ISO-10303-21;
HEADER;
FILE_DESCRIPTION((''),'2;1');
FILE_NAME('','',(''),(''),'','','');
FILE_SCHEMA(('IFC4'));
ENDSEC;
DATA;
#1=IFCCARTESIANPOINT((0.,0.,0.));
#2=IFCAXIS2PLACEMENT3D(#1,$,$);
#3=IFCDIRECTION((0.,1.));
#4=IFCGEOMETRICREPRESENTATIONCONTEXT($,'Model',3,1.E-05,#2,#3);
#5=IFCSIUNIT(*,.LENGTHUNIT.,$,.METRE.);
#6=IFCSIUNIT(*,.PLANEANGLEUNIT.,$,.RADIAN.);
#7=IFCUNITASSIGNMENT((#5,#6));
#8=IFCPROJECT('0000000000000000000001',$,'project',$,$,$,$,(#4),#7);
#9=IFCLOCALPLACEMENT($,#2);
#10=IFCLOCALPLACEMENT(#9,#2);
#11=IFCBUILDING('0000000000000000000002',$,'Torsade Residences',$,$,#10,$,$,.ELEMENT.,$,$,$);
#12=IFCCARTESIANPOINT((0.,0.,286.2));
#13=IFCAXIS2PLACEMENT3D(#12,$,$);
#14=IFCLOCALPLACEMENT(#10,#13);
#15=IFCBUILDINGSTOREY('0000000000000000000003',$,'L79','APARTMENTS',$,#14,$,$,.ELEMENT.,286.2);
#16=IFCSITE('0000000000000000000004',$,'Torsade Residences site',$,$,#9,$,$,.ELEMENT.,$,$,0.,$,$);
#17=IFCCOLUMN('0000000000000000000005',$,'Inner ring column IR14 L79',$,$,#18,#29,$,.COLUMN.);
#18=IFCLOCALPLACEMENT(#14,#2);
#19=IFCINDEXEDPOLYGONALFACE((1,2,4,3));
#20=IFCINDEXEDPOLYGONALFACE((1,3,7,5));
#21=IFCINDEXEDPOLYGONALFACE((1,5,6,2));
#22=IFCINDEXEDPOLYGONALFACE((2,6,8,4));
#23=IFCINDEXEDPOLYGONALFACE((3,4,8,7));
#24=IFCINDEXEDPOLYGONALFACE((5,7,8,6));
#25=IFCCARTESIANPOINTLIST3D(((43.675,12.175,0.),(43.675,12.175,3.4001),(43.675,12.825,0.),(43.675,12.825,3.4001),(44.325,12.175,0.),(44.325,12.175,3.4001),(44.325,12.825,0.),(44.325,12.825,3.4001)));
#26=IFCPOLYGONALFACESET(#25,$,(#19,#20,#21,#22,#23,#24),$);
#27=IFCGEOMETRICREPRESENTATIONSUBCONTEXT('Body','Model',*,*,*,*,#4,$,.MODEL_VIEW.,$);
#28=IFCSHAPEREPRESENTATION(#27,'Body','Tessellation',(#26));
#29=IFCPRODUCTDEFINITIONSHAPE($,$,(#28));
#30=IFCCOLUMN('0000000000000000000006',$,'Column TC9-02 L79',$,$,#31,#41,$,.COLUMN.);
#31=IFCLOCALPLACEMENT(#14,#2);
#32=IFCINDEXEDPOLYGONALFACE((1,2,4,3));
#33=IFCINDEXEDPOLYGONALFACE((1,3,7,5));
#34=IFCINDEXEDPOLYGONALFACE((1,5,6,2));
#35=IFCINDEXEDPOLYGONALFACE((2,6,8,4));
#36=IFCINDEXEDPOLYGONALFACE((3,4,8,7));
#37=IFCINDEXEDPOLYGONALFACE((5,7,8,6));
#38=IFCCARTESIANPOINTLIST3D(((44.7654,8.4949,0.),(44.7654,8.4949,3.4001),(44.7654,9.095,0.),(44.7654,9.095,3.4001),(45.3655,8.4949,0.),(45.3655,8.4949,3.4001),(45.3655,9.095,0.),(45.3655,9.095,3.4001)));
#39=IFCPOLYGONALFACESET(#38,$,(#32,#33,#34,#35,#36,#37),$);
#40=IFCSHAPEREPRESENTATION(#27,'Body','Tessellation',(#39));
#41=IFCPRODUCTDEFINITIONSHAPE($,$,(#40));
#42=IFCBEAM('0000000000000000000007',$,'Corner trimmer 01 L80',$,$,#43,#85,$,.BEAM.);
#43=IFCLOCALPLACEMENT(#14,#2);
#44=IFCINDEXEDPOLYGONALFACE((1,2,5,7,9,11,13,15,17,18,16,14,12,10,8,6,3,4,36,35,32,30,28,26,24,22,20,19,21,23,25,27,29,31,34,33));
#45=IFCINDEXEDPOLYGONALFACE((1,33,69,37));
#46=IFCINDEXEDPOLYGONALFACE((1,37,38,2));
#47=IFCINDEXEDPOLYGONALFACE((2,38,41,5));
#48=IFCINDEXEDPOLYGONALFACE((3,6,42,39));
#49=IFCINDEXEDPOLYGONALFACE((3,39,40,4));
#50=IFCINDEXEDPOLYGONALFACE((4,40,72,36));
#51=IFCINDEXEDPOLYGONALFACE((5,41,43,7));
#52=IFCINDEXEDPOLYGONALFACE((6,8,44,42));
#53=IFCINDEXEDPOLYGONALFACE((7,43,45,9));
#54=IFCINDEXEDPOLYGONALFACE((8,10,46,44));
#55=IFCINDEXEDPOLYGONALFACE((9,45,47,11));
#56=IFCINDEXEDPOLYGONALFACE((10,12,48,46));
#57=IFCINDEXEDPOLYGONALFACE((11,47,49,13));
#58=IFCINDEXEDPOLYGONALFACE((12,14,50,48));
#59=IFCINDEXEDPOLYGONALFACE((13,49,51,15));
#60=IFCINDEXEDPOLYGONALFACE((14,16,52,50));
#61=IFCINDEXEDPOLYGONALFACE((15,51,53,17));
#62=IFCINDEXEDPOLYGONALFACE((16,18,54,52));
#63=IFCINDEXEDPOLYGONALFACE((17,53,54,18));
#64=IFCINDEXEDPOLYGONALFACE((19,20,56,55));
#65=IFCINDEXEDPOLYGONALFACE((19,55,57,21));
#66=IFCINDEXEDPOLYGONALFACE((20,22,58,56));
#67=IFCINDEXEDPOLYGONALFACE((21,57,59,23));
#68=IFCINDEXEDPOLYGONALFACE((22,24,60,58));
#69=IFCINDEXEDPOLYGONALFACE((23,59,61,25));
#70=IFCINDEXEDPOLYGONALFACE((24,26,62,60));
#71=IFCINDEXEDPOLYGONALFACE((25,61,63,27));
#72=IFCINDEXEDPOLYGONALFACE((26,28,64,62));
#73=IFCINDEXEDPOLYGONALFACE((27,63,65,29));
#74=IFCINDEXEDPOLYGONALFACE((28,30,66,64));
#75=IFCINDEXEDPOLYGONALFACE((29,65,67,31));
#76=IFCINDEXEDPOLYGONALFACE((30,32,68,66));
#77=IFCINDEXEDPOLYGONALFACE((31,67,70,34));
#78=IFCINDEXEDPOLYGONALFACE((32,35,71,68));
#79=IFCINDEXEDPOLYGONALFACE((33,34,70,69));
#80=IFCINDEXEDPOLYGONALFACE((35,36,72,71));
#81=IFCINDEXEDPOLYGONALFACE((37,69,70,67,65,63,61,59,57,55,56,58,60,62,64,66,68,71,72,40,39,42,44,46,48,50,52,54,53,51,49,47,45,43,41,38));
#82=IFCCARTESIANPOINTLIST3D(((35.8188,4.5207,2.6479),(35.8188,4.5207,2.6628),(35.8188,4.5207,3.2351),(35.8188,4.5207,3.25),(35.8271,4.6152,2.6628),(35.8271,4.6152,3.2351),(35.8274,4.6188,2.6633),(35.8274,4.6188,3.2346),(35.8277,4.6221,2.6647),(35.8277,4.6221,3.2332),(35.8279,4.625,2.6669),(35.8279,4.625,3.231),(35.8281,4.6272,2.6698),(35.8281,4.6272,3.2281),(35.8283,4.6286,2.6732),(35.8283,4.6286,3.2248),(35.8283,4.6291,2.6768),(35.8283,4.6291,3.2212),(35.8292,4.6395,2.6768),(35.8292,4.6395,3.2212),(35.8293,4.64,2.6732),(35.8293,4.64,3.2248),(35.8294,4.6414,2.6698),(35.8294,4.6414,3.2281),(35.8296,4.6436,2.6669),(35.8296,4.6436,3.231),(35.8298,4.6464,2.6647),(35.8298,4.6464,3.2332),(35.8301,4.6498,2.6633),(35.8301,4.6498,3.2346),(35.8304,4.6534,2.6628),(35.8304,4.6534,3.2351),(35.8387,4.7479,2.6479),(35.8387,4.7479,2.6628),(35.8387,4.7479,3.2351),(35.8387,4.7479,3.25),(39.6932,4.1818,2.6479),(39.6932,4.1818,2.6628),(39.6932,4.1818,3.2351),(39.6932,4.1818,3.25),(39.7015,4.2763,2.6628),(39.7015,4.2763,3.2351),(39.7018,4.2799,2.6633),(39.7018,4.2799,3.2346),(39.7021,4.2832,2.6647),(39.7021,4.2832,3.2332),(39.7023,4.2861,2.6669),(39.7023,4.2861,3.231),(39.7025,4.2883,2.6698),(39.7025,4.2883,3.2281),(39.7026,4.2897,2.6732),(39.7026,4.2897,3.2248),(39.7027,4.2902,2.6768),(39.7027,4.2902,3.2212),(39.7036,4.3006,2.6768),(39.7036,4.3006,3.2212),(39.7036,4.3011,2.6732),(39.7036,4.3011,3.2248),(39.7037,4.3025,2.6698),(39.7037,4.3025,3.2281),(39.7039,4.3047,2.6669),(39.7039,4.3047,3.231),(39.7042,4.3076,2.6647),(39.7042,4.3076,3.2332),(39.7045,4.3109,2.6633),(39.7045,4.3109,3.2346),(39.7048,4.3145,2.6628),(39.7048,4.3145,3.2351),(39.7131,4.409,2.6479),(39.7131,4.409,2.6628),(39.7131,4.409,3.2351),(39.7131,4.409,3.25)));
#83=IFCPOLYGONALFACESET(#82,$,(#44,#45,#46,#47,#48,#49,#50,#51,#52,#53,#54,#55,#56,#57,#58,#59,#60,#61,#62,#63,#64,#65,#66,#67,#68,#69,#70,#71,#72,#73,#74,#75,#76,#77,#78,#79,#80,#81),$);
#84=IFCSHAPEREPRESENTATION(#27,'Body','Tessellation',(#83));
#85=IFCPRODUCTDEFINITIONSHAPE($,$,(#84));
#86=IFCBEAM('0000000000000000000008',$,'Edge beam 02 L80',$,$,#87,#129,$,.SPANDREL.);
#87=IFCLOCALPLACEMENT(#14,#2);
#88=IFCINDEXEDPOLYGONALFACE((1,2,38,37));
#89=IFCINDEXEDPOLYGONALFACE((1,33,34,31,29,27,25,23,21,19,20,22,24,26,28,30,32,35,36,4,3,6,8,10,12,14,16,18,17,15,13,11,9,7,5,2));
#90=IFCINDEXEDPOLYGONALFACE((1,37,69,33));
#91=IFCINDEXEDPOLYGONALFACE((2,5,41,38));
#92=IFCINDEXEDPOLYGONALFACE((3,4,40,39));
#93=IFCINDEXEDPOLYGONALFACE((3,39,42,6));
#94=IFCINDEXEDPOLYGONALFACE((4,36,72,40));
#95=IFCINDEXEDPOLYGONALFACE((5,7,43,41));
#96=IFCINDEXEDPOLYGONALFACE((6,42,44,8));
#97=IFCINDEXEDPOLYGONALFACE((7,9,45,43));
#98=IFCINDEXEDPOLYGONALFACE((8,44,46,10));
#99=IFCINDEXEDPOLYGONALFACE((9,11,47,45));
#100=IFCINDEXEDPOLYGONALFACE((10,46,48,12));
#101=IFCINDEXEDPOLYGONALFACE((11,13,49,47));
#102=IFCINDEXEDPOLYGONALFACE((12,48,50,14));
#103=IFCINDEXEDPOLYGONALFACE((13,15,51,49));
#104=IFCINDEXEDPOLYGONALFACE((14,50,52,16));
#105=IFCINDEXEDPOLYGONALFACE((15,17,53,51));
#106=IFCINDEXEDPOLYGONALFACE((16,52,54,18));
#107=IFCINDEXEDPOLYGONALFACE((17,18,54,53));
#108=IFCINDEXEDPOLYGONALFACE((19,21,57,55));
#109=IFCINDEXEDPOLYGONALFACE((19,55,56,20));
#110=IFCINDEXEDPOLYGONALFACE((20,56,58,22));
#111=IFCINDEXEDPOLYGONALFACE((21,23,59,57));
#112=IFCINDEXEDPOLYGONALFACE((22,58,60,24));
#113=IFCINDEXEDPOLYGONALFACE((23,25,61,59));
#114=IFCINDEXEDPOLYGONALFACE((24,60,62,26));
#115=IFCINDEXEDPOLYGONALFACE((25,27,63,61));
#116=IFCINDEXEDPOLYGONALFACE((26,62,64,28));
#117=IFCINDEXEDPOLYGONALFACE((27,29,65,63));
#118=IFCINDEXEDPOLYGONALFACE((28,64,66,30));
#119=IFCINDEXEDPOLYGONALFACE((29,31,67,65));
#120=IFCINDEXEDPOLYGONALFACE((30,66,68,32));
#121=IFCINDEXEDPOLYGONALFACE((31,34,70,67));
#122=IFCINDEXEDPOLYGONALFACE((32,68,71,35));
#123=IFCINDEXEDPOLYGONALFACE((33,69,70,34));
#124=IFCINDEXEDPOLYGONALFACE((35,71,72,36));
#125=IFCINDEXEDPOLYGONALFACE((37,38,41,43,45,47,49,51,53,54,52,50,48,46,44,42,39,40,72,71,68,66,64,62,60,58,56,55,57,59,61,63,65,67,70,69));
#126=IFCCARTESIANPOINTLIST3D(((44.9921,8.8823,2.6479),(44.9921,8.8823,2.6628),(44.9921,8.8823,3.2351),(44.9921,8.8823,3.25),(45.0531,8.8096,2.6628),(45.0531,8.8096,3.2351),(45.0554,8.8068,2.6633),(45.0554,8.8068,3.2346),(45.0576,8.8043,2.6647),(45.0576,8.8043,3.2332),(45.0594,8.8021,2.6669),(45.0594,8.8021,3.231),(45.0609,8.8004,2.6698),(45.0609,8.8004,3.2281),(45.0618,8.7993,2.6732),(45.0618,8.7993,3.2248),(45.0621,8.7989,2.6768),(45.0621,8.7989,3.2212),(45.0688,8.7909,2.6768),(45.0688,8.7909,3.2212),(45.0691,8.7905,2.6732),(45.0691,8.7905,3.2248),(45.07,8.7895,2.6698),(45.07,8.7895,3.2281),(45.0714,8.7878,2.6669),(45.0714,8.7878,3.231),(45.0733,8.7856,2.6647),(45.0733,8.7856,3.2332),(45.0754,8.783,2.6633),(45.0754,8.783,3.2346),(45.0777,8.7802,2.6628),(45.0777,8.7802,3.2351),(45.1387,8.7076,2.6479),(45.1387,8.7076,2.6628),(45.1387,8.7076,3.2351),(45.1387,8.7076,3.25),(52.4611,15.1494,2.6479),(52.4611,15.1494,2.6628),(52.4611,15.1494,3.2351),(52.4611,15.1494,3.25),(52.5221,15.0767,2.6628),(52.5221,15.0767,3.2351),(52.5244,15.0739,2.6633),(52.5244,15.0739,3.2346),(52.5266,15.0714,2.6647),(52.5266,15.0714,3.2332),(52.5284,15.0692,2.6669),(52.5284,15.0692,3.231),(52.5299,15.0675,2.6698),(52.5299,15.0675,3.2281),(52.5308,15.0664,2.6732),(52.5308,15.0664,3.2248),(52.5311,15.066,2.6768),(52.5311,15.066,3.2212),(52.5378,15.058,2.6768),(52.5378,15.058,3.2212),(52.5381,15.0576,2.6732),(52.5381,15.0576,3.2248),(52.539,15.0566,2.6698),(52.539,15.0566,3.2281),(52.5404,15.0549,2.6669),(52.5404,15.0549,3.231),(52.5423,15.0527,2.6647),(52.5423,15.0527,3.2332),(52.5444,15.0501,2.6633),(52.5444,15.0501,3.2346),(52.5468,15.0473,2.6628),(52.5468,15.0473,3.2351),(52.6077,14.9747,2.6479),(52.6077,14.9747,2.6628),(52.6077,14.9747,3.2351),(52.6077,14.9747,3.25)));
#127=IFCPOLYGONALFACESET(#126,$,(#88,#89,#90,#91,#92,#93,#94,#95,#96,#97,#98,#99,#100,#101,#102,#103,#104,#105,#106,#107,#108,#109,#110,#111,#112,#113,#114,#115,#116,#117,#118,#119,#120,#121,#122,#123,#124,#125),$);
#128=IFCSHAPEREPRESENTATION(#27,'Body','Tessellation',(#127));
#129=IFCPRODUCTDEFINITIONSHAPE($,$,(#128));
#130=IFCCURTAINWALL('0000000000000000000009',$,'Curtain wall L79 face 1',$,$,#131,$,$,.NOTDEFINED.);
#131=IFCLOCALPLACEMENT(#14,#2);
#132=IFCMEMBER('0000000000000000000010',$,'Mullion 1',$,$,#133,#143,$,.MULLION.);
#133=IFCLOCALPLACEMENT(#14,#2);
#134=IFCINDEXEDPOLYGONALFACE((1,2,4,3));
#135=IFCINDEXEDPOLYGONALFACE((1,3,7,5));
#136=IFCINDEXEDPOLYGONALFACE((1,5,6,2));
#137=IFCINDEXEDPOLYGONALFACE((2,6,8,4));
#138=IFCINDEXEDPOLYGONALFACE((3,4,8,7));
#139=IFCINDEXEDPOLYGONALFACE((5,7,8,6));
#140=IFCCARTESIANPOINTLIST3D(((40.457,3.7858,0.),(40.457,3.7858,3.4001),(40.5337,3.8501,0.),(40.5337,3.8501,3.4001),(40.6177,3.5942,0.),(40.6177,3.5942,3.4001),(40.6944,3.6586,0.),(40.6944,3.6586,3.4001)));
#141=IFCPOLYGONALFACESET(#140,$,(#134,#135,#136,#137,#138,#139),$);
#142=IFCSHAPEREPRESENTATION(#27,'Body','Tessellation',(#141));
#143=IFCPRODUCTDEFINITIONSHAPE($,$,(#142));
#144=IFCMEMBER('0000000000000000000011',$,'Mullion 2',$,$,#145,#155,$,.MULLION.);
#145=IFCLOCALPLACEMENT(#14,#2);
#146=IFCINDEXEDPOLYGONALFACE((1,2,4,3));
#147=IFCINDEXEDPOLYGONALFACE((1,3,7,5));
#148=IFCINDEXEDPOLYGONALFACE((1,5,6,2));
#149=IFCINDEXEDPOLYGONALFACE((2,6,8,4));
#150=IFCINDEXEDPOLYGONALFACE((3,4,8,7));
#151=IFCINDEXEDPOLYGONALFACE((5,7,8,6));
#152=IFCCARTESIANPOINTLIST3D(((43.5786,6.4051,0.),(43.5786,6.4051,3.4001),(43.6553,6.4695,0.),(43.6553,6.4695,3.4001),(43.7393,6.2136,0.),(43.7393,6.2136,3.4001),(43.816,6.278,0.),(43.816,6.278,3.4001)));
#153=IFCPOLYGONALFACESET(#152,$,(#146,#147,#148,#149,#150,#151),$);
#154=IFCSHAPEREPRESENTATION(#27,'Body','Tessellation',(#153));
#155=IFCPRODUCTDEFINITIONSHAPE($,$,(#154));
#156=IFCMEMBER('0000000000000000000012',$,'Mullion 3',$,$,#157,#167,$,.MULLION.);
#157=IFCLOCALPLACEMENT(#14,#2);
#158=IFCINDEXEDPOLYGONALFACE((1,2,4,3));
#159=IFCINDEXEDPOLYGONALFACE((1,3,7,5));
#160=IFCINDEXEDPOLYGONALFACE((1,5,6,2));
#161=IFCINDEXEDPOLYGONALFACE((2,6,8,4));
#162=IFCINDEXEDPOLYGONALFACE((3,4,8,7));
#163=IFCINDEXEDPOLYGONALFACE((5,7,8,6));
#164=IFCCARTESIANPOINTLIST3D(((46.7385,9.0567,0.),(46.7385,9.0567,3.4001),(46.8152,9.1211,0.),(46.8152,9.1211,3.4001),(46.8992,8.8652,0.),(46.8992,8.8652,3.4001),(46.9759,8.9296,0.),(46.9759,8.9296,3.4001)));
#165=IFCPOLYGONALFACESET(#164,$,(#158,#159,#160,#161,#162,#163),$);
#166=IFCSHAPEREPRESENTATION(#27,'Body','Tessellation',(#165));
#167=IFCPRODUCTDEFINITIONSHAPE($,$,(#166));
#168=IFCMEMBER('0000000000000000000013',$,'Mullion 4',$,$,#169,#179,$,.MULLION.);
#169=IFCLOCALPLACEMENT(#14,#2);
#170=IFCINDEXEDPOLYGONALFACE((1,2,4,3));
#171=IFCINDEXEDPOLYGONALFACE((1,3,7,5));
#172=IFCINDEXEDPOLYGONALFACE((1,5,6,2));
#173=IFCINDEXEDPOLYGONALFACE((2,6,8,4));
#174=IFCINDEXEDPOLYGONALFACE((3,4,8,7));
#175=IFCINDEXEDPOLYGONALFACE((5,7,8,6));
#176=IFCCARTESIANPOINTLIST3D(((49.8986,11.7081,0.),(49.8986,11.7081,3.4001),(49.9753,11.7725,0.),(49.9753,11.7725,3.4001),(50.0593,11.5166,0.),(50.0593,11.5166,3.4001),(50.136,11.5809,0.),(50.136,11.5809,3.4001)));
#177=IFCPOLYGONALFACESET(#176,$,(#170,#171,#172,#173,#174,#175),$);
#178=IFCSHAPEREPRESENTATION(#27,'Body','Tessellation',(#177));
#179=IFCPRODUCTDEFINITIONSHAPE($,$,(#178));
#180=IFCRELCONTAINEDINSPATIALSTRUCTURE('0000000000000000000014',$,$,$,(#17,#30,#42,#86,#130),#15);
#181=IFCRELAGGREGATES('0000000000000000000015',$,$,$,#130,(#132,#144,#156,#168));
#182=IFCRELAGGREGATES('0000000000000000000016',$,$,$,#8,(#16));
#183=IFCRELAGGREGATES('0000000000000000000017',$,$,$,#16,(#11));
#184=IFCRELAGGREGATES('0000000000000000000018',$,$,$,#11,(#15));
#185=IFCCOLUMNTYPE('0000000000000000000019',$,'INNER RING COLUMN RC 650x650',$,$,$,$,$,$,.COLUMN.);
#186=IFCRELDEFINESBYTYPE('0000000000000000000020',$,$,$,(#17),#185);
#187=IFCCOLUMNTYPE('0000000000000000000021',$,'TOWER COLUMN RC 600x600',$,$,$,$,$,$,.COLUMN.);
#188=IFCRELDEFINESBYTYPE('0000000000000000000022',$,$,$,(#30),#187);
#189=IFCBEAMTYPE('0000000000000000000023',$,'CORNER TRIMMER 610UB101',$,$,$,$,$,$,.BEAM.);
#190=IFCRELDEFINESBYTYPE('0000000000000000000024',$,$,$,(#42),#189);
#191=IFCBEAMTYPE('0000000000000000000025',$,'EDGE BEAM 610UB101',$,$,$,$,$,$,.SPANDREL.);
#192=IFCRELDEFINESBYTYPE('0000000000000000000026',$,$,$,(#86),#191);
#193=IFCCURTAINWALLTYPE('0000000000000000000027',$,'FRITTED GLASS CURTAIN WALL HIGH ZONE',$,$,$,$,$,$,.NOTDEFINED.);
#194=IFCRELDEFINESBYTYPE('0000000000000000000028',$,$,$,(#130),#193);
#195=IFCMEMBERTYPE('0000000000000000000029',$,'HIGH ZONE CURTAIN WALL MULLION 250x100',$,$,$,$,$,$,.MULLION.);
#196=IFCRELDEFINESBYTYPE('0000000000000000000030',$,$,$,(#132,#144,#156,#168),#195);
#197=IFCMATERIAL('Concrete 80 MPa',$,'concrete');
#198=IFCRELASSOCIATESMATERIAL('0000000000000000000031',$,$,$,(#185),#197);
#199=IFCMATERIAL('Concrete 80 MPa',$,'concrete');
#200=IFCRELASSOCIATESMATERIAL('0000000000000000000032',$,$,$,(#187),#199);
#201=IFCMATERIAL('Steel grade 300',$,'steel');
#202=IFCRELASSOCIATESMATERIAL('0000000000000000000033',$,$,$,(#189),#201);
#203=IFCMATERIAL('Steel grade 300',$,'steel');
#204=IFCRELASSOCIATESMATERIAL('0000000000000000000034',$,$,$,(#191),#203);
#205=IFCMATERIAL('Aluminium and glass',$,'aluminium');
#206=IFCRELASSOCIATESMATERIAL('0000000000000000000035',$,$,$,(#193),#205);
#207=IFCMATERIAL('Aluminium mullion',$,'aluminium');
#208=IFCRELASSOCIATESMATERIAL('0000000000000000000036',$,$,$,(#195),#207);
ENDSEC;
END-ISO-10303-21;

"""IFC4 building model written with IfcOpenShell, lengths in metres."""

from ifc_helpers import new_model, si_unit, direction, frame, origin, origin_2d, place, context, subcontext, project, spatial, rectangle, i_section, extrude, material, material_profile, profile_set, type_object, element, aggregate, save


model = new_model("IFC4")

# Units and contexts
model_context = context("Model", 3, precision=1e-05, world=origin(), true_north=direction((0.0, 1.0)))
body_context = subcontext(model_context, "Body", "Model", "MODEL_VIEW")
ifc_project = project(units=[si_unit("LENGTHUNIT", "METRE"), si_unit("PLANEANGLEUNIT", "RADIAN")], contexts=[model_context])

# Site, building, storey
site_placement = place(None, origin())
site = spatial("IfcSite", under=ifc_project, at=site_placement, Name="Torsade Residences site", CompositionType="ELEMENT", RefElevation=0.0)
building_placement = place(site_placement, origin())
building = spatial("IfcBuilding", under=site, at=building_placement, Name="Torsade Residences", CompositionType="ELEMENT")
storey_placement = place(building_placement, frame((0.0, 0.0, 286.2)))
storey = spatial("IfcBuildingStorey", under=building, at=storey_placement, Name="L79", Description="APARTMENTS", CompositionType="ELEMENT", Elevation=286.2)

# Columns
ifc_material_1 = material(Name="Concrete 80 MPa", Category="concrete")
ifc_material_profile_1 = material_profile(ifc_material_1, rectangle(XDim=0.6499, YDim=0.6499, at=origin_2d()), Name="RC 650x650")
ifc_profile_set_1 = profile_set([ifc_material_profile_1], Name="Concrete 80 MPa")
column_type_1 = type_object("IfcColumnType", Name="INNER RING COLUMN RC 650x650", PredefinedType="COLUMN", material=ifc_profile_set_1)
column_1_placement = place(storey_placement, frame((44.0, 12.5, 0.0), z_axis=(0.0, 0.0, 1.0), x_axis=(1.0, 0.0, 0.0)))
element("IfcColumn", 1, at=column_1_placement, inside=storey, type_object=column_type_1, Name="Inner ring column IR14 L79", PredefinedType="COLUMN", context=body_context, shape_type="SweptSolid", body=[
    extrude(rectangle(XDim=0.6499, YDim=0.6499, at=origin_2d()), origin(), (0.0, 0.0, 1.0), 3.4001),
])
ifc_material_2 = material(Name="Concrete 80 MPa", Category="concrete")
ifc_material_profile_2 = material_profile(ifc_material_2, rectangle(XDim=0.6001, YDim=0.6001, at=origin_2d()), Name="RC 600x600")
ifc_profile_set_2 = profile_set([ifc_material_profile_2], Name="Concrete 80 MPa")
column_type_2 = type_object("IfcColumnType", Name="TOWER COLUMN RC 600x600", PredefinedType="COLUMN", material=ifc_profile_set_2)
column_2_placement = place(storey_placement, frame((45.0654, 8.7949, 0.0), z_axis=(0.0, 0.0, 1.0), x_axis=(1.0, 0.0, 0.0)))
element("IfcColumn", 2, at=column_2_placement, inside=storey, type_object=column_type_2, Name="Column TC9-02 L79", PredefinedType="COLUMN", context=body_context, shape_type="SweptSolid", body=[
    extrude(rectangle(XDim=0.6001, YDim=0.6001, at=origin_2d()), origin(), (0.0, 0.0, 1.0), 3.4001),
])

# Beams
ifc_material_3 = material(Name="Steel grade 300", Category="steel")
ifc_material_profile_3 = material_profile(ifc_material_3, i_section(OverallWidth=0.228, OverallDepth=0.6021, WebThickness=0.0105, FlangeThickness=0.0149, FilletRadius=0.0139, at=origin_2d()), Name="610UB101")
ifc_profile_set_3 = profile_set([ifc_material_profile_3], Name="Steel grade 300")
beam_type_1 = type_object("IfcBeamType", Name="CORNER TRIMMER 610UB101", PredefinedType="BEAM", material=ifc_profile_set_3)
beam_1_placement = place(storey_placement, frame((39.7031, 4.2954, 2.949), z_axis=(-0.996197, 0.087133, 0.0), x_axis=(-0.087133, -0.996197, 0.0)))
element("IfcBeam", 3, at=beam_1_placement, inside=storey, type_object=beam_type_1, Name="Corner trimmer 01 L80", PredefinedType="BEAM", context=body_context, shape_type="SweptSolid", body=[
    extrude(i_section(OverallWidth=0.228, OverallDepth=0.6021, WebThickness=0.0105, FlangeThickness=0.0149, FilletRadius=0.0139, at=origin_2d()), origin(), (0.0, 0.0, 1.0), 3.8892),
])
ifc_material_4 = material(Name="Steel grade 300", Category="steel")
ifc_material_profile_4 = material_profile(ifc_material_4, i_section(OverallWidth=0.228, OverallDepth=0.6021, WebThickness=0.0105, FlangeThickness=0.0149, FilletRadius=0.0139, at=origin_2d()), Name="610UB101")
ifc_profile_set_4 = profile_set([ifc_material_profile_4], Name="Steel grade 300")
beam_type_2 = type_object("IfcBeamType", Name="EDGE BEAM 610UB101", PredefinedType="SPANDREL", material=ifc_profile_set_4)
beam_2_placement = place(storey_placement, frame((45.0654, 8.7949, 2.949), z_axis=(0.766052, 0.642779, 0.0), x_axis=(-0.642779, 0.766052, 0.0)))
element("IfcBeam", 4, at=beam_2_placement, inside=storey, type_object=beam_type_2, Name="Edge beam 02 L80", PredefinedType="SPANDREL", context=body_context, shape_type="SweptSolid", body=[
    extrude(i_section(OverallWidth=0.228, OverallDepth=0.6021, WebThickness=0.0105, FlangeThickness=0.0149, FilletRadius=0.0139, at=origin_2d()), origin(), (0.0, 0.0, 1.0), 9.75),
])

# Curtain wall, members
ifc_material_5 = material(Name="Aluminium and glass", Category="aluminium")
curtain_wall_type = type_object("IfcCurtainWallType", Name="FRITTED GLASS CURTAIN WALL HIGH ZONE", PredefinedType="NOTDEFINED", material=ifc_material_5)
curtain_wall_placement = place(storey_placement, origin())
curtain_wall = element("IfcCurtainWall", 5, at=curtain_wall_placement, inside=storey, type_object=curtain_wall_type, Name="Curtain wall L79 face 1", PredefinedType="NOTDEFINED")
ifc_material_6 = material(Name="Aluminium mullion", Category="aluminium")
ifc_material_profile_5 = material_profile(ifc_material_6, rectangle(XDim=0.25, YDim=0.1001, at=origin_2d()), Name="HIGH ZONE CURTAIN WALL MULLION 250x100")
ifc_profile_set_5 = profile_set([ifc_material_profile_5], Name="Aluminium mullion")
member_type_1 = type_object("IfcMemberType", Name="HIGH ZONE CURTAIN WALL MULLION 250x100", PredefinedType="MULLION", material=ifc_profile_set_5)
member_1_placement = place(storey_placement, frame((40.5757, 3.7222, 0.0), z_axis=(0.0, 0.0, 1.0), x_axis=(-0.642788, 0.766044, 0.0)))
member_1 = element("IfcMember", 6, at=member_1_placement, type_object=member_type_1, Name="Mullion 1", PredefinedType="MULLION", context=body_context, shape_type="SweptSolid", body=[
    extrude(rectangle(XDim=0.25, YDim=0.1001, at=origin_2d()), origin(), (0.0, 0.0, 1.0), 3.4001),
])
member_2_placement = place(storey_placement, frame((43.6973, 6.3416, 0.0), z_axis=(0.0, 0.0, 1.0), x_axis=(-0.642788, 0.766044, 0.0)))
member_2 = element("IfcMember", 7, at=member_2_placement, type_object=member_type_1, Name="Mullion 2", PredefinedType="MULLION", context=body_context, shape_type="SweptSolid", body=[
    extrude(rectangle(XDim=0.25, YDim=0.1001, at=origin_2d()), origin(), (0.0, 0.0, 1.0), 3.4001),
])
member_3_placement = place(storey_placement, frame((46.8572, 8.9932, 0.0), z_axis=(0.0, 0.0, 1.0), x_axis=(-0.642788, 0.766044, 0.0)))
member_3 = element("IfcMember", 8, at=member_3_placement, type_object=member_type_1, Name="Mullion 3", PredefinedType="MULLION", context=body_context, shape_type="SweptSolid", body=[
    extrude(rectangle(XDim=0.25, YDim=0.1001, at=origin_2d()), origin(), (0.0, 0.0, 1.0), 3.4001),
])
member_4_placement = place(storey_placement, frame((50.0173, 11.6445, 0.0), z_axis=(0.0, 0.0, 1.0), x_axis=(-0.642788, 0.766044, 0.0)))
member_4 = element("IfcMember", 9, at=member_4_placement, type_object=member_type_1, Name="Mullion 4", PredefinedType="MULLION", context=body_context, shape_type="SweptSolid", body=[
    extrude(rectangle(XDim=0.25, YDim=0.1001, at=origin_2d()), origin(), (0.0, 0.0, 1.0), 3.4001),
])

aggregate(curtain_wall, [member_1, member_2, member_3, member_4])

save(model, "model.ifc")
